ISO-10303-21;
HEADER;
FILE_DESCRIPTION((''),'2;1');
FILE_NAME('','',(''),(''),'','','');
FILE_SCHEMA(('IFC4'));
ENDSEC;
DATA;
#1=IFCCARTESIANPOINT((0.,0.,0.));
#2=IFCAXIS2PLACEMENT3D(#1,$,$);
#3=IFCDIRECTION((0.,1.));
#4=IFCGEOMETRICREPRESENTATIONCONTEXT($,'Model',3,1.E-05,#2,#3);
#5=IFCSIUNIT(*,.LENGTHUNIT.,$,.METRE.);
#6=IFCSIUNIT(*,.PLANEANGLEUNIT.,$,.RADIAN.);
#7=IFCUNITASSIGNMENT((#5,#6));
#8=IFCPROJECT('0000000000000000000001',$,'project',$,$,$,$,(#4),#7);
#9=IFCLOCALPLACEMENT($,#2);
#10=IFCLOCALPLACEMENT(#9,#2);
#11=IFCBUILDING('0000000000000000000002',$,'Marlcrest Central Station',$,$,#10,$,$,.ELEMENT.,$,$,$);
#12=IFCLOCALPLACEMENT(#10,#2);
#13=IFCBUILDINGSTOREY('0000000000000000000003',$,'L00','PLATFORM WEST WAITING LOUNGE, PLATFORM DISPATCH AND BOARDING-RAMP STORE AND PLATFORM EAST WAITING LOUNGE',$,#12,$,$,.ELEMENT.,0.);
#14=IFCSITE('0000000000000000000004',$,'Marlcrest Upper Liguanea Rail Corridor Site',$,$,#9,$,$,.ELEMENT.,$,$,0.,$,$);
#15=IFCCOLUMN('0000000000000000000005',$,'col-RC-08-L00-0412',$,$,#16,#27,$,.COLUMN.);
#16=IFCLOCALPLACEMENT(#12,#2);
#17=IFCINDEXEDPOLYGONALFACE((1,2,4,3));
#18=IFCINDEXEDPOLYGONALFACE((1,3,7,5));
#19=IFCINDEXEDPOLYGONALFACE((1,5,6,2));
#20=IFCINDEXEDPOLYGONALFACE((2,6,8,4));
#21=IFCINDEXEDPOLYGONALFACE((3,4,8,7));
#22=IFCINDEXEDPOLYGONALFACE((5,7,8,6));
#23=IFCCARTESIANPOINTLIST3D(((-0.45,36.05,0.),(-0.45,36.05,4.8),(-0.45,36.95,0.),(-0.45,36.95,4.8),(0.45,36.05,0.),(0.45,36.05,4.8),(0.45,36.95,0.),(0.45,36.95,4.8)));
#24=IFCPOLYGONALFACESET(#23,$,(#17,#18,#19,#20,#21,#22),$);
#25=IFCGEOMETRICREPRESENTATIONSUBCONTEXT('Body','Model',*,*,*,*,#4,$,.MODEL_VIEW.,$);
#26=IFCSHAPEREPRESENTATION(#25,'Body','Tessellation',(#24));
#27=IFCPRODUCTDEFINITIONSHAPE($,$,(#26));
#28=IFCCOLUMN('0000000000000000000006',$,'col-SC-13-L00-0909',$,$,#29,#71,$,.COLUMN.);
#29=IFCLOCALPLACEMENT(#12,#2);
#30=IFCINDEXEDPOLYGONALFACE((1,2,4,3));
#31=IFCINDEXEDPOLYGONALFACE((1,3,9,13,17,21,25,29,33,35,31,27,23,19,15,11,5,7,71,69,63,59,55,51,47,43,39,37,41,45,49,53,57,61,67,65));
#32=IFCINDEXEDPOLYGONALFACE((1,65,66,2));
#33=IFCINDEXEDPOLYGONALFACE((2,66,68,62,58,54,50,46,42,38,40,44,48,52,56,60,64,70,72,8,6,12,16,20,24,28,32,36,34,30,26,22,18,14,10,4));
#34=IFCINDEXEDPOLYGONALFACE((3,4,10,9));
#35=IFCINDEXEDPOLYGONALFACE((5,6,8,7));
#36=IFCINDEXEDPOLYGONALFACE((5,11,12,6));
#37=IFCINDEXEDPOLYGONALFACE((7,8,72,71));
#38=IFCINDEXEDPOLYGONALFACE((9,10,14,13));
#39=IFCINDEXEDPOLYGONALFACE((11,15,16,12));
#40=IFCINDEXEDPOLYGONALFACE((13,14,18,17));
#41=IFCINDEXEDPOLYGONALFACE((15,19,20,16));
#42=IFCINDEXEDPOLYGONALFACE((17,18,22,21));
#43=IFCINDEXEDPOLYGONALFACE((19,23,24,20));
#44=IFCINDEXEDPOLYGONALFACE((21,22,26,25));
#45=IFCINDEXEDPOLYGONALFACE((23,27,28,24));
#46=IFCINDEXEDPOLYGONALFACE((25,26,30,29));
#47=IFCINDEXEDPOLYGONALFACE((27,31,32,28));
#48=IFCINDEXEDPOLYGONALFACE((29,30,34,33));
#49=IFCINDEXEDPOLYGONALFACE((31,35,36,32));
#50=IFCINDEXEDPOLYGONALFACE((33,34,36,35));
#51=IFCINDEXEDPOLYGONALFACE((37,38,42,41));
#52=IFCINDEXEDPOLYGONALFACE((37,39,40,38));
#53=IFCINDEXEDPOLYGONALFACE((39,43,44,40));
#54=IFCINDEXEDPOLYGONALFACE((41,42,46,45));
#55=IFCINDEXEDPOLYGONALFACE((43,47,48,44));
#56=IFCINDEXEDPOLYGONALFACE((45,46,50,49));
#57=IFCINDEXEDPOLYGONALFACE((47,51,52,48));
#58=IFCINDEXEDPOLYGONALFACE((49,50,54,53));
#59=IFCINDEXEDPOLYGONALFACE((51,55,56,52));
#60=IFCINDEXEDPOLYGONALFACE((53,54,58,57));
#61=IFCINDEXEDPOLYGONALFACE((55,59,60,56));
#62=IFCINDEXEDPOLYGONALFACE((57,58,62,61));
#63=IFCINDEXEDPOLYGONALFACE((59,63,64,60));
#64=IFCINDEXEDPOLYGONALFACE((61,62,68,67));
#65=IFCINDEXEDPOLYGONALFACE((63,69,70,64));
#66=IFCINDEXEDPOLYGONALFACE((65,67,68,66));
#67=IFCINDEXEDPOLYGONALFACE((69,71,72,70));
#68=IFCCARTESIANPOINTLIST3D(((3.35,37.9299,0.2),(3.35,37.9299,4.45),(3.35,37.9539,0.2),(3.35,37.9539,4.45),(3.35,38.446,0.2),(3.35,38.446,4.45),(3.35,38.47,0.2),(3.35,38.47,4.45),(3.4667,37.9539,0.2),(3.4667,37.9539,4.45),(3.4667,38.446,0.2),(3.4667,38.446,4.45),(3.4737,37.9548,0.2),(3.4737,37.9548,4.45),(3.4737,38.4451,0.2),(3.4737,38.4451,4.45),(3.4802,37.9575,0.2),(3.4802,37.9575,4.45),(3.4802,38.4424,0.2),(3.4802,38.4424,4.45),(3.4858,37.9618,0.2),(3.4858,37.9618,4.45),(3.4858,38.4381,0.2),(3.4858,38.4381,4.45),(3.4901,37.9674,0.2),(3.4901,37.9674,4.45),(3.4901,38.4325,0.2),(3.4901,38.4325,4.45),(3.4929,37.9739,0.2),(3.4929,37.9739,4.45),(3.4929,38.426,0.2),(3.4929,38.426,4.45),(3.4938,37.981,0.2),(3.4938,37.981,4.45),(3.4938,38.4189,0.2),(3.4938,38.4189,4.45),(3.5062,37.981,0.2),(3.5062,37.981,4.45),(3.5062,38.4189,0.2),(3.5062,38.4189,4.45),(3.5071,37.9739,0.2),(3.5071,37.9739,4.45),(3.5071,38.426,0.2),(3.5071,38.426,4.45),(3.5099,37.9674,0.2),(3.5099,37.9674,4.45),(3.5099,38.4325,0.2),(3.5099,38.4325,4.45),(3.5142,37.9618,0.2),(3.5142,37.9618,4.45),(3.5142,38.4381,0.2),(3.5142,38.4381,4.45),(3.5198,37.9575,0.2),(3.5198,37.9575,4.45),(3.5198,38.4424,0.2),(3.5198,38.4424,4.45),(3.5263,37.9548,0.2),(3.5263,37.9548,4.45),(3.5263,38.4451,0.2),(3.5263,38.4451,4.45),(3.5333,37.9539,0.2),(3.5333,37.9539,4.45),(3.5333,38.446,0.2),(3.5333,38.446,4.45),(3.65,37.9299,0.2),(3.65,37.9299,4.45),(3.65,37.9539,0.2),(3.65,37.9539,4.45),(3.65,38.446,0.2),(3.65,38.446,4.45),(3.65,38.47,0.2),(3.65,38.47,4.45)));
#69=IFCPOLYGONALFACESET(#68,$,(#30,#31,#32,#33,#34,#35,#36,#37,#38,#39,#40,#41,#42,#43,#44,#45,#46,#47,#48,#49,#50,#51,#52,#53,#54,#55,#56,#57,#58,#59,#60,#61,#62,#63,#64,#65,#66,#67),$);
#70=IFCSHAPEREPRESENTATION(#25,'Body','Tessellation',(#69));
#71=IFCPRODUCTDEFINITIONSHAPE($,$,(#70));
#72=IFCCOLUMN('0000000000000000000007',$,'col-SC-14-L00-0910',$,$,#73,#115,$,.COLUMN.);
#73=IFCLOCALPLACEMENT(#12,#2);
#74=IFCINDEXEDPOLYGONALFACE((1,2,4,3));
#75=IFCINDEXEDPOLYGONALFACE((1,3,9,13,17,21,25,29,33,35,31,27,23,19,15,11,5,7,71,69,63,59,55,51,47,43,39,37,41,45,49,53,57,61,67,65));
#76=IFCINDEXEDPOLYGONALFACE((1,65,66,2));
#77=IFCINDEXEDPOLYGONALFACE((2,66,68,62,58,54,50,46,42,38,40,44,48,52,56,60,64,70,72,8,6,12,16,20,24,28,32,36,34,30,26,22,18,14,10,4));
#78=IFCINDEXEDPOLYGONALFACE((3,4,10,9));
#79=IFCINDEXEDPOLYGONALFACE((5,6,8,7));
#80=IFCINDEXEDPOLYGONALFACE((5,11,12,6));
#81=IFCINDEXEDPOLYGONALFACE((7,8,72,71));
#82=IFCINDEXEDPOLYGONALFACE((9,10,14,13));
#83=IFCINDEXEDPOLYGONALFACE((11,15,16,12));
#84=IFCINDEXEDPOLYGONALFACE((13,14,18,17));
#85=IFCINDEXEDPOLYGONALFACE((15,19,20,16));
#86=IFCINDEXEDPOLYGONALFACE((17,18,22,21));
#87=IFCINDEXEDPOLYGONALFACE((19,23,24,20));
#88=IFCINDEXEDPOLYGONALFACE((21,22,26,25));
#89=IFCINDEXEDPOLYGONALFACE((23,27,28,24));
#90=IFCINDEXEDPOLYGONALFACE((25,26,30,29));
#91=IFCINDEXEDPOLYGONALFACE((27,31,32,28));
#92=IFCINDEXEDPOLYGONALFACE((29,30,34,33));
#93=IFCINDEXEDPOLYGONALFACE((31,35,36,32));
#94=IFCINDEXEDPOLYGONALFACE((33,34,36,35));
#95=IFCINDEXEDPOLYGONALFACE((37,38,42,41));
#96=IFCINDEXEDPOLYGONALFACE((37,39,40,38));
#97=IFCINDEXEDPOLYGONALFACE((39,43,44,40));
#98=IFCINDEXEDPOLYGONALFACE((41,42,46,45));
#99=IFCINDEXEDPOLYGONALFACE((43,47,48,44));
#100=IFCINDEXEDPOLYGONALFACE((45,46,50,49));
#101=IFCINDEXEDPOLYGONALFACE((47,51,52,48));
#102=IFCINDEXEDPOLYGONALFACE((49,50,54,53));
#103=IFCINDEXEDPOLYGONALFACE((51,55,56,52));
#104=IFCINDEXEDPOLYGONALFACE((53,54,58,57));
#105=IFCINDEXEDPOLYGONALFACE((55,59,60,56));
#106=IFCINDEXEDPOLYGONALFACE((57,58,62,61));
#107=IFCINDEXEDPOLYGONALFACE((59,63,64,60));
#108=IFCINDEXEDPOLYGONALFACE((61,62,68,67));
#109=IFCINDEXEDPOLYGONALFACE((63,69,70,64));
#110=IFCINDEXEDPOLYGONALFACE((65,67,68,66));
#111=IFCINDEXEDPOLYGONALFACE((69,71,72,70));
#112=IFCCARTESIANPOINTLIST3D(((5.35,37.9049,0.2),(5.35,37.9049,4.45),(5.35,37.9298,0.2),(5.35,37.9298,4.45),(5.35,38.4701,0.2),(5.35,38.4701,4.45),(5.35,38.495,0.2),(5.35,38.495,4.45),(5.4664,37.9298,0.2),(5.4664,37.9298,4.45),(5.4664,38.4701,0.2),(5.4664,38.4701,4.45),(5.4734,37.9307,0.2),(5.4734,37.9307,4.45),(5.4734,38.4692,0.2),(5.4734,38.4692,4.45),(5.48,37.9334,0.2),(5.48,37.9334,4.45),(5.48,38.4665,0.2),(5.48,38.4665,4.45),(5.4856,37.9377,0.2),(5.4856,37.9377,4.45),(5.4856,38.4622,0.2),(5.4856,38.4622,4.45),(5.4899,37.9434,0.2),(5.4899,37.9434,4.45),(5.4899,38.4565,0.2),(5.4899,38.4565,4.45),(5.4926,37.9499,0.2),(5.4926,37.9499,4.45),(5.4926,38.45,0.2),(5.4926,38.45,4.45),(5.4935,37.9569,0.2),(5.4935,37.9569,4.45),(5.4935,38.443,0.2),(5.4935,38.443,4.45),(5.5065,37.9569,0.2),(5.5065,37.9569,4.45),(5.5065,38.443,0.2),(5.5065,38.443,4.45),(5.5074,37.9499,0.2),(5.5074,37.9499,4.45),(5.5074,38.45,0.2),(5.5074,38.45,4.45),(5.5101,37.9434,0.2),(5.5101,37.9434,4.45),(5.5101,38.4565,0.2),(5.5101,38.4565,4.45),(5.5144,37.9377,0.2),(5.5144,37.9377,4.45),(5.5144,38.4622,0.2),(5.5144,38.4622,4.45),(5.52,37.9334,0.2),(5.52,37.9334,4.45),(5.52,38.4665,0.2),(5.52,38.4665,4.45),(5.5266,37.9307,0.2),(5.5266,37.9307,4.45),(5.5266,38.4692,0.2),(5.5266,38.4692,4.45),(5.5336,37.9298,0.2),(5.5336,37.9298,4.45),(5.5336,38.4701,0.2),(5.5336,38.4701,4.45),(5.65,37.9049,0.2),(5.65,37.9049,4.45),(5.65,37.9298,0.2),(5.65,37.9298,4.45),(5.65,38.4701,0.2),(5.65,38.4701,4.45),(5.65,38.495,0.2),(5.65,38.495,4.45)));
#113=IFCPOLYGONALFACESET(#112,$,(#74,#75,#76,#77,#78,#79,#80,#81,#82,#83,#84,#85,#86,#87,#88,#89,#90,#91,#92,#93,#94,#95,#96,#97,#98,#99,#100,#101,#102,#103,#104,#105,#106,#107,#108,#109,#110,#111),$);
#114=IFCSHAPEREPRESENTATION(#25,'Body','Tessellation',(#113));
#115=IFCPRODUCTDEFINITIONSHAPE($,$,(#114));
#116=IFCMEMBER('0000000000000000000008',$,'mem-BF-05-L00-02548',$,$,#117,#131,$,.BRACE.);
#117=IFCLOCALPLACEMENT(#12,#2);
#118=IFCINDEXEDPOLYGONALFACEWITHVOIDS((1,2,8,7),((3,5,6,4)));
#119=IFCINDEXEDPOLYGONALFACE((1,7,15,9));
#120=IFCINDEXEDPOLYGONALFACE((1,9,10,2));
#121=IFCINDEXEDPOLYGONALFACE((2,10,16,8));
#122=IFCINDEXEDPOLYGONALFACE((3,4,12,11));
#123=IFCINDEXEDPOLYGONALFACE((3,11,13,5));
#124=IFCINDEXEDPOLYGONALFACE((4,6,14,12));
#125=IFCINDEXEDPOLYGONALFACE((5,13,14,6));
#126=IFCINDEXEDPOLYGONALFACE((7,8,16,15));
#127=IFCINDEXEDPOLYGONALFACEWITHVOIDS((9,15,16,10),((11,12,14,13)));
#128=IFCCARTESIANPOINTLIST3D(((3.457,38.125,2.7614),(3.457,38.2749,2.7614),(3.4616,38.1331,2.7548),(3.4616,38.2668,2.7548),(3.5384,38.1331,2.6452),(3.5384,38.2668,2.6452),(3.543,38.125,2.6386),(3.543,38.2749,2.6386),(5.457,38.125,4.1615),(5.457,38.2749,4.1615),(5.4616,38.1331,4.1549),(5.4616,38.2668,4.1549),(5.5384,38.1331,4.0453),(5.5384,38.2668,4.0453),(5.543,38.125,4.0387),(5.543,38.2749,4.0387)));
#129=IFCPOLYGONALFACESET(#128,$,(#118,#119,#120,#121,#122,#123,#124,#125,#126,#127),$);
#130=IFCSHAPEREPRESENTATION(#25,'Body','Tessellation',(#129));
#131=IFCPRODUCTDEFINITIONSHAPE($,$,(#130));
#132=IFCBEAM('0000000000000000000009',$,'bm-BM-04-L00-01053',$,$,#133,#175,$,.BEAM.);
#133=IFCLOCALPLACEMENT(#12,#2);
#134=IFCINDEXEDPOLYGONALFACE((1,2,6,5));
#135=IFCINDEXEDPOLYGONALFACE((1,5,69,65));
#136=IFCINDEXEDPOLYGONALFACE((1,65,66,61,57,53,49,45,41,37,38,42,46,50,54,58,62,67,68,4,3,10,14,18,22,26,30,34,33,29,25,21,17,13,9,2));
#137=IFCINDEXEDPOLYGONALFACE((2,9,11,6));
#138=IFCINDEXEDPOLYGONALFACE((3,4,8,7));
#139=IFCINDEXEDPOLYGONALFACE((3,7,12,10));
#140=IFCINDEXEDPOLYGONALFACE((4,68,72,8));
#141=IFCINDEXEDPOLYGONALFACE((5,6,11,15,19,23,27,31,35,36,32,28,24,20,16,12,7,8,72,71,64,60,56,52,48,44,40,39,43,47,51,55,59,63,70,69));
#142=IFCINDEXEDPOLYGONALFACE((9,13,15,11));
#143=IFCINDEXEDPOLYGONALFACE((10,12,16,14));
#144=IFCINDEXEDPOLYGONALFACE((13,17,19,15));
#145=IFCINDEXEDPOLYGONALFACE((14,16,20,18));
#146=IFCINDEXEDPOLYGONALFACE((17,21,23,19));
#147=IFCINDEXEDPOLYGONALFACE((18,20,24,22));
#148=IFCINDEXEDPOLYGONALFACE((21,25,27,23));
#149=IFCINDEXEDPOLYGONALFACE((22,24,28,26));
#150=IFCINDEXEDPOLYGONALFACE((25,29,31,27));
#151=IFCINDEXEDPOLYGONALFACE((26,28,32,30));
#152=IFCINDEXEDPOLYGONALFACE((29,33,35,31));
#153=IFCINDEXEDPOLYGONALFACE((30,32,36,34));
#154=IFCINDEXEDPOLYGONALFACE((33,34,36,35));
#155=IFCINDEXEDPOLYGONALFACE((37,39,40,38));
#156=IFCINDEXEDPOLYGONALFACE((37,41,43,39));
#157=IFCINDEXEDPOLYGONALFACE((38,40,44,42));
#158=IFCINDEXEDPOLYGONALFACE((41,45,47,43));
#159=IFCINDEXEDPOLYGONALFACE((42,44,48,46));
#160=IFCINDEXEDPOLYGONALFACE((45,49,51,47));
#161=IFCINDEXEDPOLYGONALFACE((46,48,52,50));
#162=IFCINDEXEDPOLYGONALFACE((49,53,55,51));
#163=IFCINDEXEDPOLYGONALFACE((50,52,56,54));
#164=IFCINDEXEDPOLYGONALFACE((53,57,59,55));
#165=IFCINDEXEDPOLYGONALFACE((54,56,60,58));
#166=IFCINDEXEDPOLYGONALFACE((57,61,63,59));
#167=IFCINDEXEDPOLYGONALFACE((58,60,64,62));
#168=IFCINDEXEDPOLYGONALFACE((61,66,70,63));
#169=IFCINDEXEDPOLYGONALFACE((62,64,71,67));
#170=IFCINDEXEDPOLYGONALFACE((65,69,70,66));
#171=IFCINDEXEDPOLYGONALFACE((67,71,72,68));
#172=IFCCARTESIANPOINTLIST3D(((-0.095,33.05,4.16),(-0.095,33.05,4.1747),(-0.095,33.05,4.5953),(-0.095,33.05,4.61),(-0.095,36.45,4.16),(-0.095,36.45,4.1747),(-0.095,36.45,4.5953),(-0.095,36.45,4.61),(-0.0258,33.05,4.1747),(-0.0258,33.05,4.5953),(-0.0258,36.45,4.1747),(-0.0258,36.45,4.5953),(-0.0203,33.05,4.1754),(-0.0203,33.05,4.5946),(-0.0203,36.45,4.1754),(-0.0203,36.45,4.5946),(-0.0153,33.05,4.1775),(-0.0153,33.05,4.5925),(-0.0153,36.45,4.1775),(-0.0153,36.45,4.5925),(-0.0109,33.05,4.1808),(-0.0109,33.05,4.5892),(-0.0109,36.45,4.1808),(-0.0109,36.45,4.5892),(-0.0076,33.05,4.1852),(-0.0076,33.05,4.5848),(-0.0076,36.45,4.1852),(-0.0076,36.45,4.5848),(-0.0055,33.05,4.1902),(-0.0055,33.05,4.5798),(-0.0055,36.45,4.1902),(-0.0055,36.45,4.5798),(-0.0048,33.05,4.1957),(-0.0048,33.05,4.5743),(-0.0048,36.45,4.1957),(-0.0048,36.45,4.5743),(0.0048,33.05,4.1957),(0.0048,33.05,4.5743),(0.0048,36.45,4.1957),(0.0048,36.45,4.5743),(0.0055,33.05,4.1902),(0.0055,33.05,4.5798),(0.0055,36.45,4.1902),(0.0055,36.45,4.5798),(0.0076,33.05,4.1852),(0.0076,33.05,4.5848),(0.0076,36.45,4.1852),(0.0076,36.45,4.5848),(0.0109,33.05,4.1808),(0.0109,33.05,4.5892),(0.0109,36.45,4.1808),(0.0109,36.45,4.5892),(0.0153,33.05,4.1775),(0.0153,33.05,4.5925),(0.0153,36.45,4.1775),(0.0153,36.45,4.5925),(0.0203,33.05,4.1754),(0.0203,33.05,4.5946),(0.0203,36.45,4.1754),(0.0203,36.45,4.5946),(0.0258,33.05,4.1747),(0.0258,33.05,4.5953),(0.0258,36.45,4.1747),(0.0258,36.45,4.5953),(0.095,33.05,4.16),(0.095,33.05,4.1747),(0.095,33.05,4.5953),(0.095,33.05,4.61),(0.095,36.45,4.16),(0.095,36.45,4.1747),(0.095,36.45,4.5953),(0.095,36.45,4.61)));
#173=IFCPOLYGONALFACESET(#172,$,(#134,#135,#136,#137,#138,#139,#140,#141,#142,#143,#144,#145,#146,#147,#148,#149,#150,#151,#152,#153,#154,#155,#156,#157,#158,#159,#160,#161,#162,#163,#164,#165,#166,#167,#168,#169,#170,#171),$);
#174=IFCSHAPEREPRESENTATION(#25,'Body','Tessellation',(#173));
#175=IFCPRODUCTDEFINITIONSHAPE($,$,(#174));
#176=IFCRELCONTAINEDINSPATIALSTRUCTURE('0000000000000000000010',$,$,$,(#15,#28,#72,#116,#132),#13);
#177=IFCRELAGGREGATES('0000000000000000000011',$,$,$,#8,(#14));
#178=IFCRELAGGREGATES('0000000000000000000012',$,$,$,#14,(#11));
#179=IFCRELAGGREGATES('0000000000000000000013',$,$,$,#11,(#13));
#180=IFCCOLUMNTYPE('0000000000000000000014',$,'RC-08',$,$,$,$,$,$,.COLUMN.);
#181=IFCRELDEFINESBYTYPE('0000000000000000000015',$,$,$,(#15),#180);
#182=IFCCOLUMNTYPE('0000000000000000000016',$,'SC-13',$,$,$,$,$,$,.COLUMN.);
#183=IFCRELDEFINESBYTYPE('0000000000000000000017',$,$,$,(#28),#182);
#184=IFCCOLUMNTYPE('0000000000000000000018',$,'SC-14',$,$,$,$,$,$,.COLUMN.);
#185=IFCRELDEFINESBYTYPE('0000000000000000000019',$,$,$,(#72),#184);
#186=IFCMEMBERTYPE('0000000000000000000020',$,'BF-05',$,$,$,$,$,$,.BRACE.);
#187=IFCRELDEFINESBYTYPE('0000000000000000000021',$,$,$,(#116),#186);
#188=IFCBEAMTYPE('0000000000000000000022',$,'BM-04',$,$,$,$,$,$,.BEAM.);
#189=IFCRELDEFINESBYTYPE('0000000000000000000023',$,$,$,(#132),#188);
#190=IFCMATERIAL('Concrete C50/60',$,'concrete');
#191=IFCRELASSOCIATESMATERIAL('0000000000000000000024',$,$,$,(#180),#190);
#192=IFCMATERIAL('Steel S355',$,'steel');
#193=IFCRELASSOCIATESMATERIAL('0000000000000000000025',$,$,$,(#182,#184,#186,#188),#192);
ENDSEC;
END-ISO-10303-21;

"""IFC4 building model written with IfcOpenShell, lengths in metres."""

from ifc_helpers import new_model, si_unit, direction, frame, origin, origin_2d, place, context, subcontext, project, spatial, rectangle, hollow_rectangle, i_section, extrude, material, material_profile, profile_set, type_object, element, save


model = new_model("IFC4")

# Units and contexts
model_context = context("Model", 3, precision=1e-05, world=origin(), true_north=direction((0.0, 1.0)))
body_context = subcontext(model_context, "Body", "Model", "MODEL_VIEW")
ifc_project = project(units=[si_unit("LENGTHUNIT", "METRE"), si_unit("PLANEANGLEUNIT", "RADIAN")], contexts=[model_context])

# Site, building, storey
site_placement = place(None, origin())
site = spatial("IfcSite", under=ifc_project, at=site_placement, Name="Marlcrest Upper Liguanea Rail Corridor Site", CompositionType="ELEMENT", RefElevation=0.0)
building_placement = place(site_placement, origin())
building = spatial("IfcBuilding", under=site, at=building_placement, Name="Marlcrest Central Station", CompositionType="ELEMENT")
storey_placement = place(building_placement, origin())
storey = spatial("IfcBuildingStorey", under=building, at=storey_placement, Name="L00", Description="PLATFORM WEST WAITING LOUNGE, PLATFORM DISPATCH AND BOARDING-RAMP STORE AND PLATFORM EAST WAITING LOUNGE", CompositionType="ELEMENT", Elevation=0.0)

# Columns
ifc_material_1 = material(Name="Concrete C50/60", Category="concrete")
ifc_material_profile_1 = material_profile(ifc_material_1, rectangle(XDim=0.8999, YDim=0.8999, at=origin_2d()), Name="RC 900x900")
ifc_profile_set_1 = profile_set([ifc_material_profile_1], Name="Concrete C50/60")
column_type_1 = type_object("IfcColumnType", Name="RC-08", PredefinedType="COLUMN", material=ifc_profile_set_1)
column_1_placement = place(storey_placement, frame((0.0, 36.5, 0.0), z_axis=(0.0, 0.0, 1.0), x_axis=(1.0, 0.0, 0.0)))
element("IfcColumn", 1, at=column_1_placement, inside=storey, type_object=column_type_1, Name="col-RC-08-L00-0412", PredefinedType="COLUMN", context=body_context, shape_type="SweptSolid", body=[
    extrude(rectangle(XDim=0.8999, YDim=0.8999, at=origin_2d()), origin(), (0.0, 0.0, 1.0), 4.8),
])
ifc_material_2 = material(Name="Steel S355", Category="steel")
ifc_material_profile_2 = material_profile(ifc_material_2, i_section(OverallWidth=0.3, OverallDepth=0.54, WebThickness=0.0125, FlangeThickness=0.0239, FilletRadius=0.0271, at=origin_2d()), Name="HEA 550")
ifc_profile_set_2 = profile_set([ifc_material_profile_2], Name="Steel S355")
column_type_2 = type_object("IfcColumnType", Name="SC-13", PredefinedType="COLUMN", material=ifc_profile_set_2)
column_2_placement = place(storey_placement, frame((3.5, 38.2, 0.2), z_axis=(0.0, 0.0, 1.0), x_axis=(1.0, 0.0, 0.0)))
element("IfcColumn", 2, at=column_2_placement, inside=storey, type_object=column_type_2, Name="col-SC-13-L00-0909", PredefinedType="COLUMN", context=body_context, shape_type="SweptSolid", body=[
    extrude(i_section(OverallWidth=0.3, OverallDepth=0.54, WebThickness=0.0125, FlangeThickness=0.0239, FilletRadius=0.0271, at=origin_2d()), origin(), (0.0, 0.0, 1.0), 4.25),
])
ifc_material_profile_3 = material_profile(ifc_material_2, i_section(OverallWidth=0.3, OverallDepth=0.5901, WebThickness=0.0129, FlangeThickness=0.0249, FilletRadius=0.0271, at=origin_2d()), Name="HEA 600")
ifc_profile_set_3 = profile_set([ifc_material_profile_3], Name="Steel S355")
column_type_3 = type_object("IfcColumnType", Name="SC-14", PredefinedType="COLUMN", material=ifc_profile_set_3)
column_3_placement = place(storey_placement, frame((5.5, 38.2, 0.2), z_axis=(0.0, 0.0, 1.0), x_axis=(1.0, 0.0, 0.0)))
element("IfcColumn", 3, at=column_3_placement, inside=storey, type_object=column_type_3, Name="col-SC-14-L00-0910", PredefinedType="COLUMN", context=body_context, shape_type="SweptSolid", body=[
    extrude(i_section(OverallWidth=0.3, OverallDepth=0.5901, WebThickness=0.0129, FlangeThickness=0.0249, FilletRadius=0.0271, at=origin_2d()), origin(), (0.0, 0.0, 1.0), 4.25),
])

# Member
ifc_material_profile_4 = material_profile(ifc_material_2, hollow_rectangle(XDim=0.1499, YDim=0.1499, WallThickness=0.0081, at=origin_2d()), Name="SHS 150x150x8")
ifc_profile_set_4 = profile_set([ifc_material_profile_4], Name="Steel S355")
member_type_1 = type_object("IfcMemberType", Name="BF-05", PredefinedType="BRACE", material=ifc_profile_set_4)
member_1_placement = place(storey_placement, frame((3.5, 38.2, 2.7), z_axis=(0.819204, 0.0, 0.573503), x_axis=(0.0, 1.0, 0.0)))
element("IfcMember", 4, at=member_1_placement, inside=storey, type_object=member_type_1, Name="mem-BF-05-L00-02548", PredefinedType="BRACE", context=body_context, shape_type="SweptSolid", body=[
    extrude(hollow_rectangle(XDim=0.1499, YDim=0.1499, WallThickness=0.0081, at=origin_2d()), origin(), (0.0, 0.0, 1.0), 2.4414),
])

# Beam
ifc_material_profile_5 = material_profile(ifc_material_2, i_section(OverallWidth=0.1899, OverallDepth=0.45, WebThickness=0.0095, FlangeThickness=0.0146, FilletRadius=0.021, at=origin_2d()), Name="IPE 450")
ifc_profile_set_5 = profile_set([ifc_material_profile_5], Name="Steel S355")
beam_type_1 = type_object("IfcBeamType", Name="BM-04", PredefinedType="BEAM", material=ifc_profile_set_5)
beam_1_placement = place(storey_placement, frame((0.0, 33.05, 4.385), z_axis=(0.0, 1.0, 0.0), x_axis=(-1.0, 0.0, 0.0)))
element("IfcBeam", 5, at=beam_1_placement, inside=storey, type_object=beam_type_1, Name="bm-BM-04-L00-01053", PredefinedType="BEAM", context=body_context, shape_type="SweptSolid", body=[
    extrude(i_section(OverallWidth=0.1899, OverallDepth=0.45, WebThickness=0.0095, FlangeThickness=0.0146, FilletRadius=0.021, at=origin_2d()), origin(), (0.0, 0.0, 1.0), 3.3999),
])

save(model, "model.ifc")
